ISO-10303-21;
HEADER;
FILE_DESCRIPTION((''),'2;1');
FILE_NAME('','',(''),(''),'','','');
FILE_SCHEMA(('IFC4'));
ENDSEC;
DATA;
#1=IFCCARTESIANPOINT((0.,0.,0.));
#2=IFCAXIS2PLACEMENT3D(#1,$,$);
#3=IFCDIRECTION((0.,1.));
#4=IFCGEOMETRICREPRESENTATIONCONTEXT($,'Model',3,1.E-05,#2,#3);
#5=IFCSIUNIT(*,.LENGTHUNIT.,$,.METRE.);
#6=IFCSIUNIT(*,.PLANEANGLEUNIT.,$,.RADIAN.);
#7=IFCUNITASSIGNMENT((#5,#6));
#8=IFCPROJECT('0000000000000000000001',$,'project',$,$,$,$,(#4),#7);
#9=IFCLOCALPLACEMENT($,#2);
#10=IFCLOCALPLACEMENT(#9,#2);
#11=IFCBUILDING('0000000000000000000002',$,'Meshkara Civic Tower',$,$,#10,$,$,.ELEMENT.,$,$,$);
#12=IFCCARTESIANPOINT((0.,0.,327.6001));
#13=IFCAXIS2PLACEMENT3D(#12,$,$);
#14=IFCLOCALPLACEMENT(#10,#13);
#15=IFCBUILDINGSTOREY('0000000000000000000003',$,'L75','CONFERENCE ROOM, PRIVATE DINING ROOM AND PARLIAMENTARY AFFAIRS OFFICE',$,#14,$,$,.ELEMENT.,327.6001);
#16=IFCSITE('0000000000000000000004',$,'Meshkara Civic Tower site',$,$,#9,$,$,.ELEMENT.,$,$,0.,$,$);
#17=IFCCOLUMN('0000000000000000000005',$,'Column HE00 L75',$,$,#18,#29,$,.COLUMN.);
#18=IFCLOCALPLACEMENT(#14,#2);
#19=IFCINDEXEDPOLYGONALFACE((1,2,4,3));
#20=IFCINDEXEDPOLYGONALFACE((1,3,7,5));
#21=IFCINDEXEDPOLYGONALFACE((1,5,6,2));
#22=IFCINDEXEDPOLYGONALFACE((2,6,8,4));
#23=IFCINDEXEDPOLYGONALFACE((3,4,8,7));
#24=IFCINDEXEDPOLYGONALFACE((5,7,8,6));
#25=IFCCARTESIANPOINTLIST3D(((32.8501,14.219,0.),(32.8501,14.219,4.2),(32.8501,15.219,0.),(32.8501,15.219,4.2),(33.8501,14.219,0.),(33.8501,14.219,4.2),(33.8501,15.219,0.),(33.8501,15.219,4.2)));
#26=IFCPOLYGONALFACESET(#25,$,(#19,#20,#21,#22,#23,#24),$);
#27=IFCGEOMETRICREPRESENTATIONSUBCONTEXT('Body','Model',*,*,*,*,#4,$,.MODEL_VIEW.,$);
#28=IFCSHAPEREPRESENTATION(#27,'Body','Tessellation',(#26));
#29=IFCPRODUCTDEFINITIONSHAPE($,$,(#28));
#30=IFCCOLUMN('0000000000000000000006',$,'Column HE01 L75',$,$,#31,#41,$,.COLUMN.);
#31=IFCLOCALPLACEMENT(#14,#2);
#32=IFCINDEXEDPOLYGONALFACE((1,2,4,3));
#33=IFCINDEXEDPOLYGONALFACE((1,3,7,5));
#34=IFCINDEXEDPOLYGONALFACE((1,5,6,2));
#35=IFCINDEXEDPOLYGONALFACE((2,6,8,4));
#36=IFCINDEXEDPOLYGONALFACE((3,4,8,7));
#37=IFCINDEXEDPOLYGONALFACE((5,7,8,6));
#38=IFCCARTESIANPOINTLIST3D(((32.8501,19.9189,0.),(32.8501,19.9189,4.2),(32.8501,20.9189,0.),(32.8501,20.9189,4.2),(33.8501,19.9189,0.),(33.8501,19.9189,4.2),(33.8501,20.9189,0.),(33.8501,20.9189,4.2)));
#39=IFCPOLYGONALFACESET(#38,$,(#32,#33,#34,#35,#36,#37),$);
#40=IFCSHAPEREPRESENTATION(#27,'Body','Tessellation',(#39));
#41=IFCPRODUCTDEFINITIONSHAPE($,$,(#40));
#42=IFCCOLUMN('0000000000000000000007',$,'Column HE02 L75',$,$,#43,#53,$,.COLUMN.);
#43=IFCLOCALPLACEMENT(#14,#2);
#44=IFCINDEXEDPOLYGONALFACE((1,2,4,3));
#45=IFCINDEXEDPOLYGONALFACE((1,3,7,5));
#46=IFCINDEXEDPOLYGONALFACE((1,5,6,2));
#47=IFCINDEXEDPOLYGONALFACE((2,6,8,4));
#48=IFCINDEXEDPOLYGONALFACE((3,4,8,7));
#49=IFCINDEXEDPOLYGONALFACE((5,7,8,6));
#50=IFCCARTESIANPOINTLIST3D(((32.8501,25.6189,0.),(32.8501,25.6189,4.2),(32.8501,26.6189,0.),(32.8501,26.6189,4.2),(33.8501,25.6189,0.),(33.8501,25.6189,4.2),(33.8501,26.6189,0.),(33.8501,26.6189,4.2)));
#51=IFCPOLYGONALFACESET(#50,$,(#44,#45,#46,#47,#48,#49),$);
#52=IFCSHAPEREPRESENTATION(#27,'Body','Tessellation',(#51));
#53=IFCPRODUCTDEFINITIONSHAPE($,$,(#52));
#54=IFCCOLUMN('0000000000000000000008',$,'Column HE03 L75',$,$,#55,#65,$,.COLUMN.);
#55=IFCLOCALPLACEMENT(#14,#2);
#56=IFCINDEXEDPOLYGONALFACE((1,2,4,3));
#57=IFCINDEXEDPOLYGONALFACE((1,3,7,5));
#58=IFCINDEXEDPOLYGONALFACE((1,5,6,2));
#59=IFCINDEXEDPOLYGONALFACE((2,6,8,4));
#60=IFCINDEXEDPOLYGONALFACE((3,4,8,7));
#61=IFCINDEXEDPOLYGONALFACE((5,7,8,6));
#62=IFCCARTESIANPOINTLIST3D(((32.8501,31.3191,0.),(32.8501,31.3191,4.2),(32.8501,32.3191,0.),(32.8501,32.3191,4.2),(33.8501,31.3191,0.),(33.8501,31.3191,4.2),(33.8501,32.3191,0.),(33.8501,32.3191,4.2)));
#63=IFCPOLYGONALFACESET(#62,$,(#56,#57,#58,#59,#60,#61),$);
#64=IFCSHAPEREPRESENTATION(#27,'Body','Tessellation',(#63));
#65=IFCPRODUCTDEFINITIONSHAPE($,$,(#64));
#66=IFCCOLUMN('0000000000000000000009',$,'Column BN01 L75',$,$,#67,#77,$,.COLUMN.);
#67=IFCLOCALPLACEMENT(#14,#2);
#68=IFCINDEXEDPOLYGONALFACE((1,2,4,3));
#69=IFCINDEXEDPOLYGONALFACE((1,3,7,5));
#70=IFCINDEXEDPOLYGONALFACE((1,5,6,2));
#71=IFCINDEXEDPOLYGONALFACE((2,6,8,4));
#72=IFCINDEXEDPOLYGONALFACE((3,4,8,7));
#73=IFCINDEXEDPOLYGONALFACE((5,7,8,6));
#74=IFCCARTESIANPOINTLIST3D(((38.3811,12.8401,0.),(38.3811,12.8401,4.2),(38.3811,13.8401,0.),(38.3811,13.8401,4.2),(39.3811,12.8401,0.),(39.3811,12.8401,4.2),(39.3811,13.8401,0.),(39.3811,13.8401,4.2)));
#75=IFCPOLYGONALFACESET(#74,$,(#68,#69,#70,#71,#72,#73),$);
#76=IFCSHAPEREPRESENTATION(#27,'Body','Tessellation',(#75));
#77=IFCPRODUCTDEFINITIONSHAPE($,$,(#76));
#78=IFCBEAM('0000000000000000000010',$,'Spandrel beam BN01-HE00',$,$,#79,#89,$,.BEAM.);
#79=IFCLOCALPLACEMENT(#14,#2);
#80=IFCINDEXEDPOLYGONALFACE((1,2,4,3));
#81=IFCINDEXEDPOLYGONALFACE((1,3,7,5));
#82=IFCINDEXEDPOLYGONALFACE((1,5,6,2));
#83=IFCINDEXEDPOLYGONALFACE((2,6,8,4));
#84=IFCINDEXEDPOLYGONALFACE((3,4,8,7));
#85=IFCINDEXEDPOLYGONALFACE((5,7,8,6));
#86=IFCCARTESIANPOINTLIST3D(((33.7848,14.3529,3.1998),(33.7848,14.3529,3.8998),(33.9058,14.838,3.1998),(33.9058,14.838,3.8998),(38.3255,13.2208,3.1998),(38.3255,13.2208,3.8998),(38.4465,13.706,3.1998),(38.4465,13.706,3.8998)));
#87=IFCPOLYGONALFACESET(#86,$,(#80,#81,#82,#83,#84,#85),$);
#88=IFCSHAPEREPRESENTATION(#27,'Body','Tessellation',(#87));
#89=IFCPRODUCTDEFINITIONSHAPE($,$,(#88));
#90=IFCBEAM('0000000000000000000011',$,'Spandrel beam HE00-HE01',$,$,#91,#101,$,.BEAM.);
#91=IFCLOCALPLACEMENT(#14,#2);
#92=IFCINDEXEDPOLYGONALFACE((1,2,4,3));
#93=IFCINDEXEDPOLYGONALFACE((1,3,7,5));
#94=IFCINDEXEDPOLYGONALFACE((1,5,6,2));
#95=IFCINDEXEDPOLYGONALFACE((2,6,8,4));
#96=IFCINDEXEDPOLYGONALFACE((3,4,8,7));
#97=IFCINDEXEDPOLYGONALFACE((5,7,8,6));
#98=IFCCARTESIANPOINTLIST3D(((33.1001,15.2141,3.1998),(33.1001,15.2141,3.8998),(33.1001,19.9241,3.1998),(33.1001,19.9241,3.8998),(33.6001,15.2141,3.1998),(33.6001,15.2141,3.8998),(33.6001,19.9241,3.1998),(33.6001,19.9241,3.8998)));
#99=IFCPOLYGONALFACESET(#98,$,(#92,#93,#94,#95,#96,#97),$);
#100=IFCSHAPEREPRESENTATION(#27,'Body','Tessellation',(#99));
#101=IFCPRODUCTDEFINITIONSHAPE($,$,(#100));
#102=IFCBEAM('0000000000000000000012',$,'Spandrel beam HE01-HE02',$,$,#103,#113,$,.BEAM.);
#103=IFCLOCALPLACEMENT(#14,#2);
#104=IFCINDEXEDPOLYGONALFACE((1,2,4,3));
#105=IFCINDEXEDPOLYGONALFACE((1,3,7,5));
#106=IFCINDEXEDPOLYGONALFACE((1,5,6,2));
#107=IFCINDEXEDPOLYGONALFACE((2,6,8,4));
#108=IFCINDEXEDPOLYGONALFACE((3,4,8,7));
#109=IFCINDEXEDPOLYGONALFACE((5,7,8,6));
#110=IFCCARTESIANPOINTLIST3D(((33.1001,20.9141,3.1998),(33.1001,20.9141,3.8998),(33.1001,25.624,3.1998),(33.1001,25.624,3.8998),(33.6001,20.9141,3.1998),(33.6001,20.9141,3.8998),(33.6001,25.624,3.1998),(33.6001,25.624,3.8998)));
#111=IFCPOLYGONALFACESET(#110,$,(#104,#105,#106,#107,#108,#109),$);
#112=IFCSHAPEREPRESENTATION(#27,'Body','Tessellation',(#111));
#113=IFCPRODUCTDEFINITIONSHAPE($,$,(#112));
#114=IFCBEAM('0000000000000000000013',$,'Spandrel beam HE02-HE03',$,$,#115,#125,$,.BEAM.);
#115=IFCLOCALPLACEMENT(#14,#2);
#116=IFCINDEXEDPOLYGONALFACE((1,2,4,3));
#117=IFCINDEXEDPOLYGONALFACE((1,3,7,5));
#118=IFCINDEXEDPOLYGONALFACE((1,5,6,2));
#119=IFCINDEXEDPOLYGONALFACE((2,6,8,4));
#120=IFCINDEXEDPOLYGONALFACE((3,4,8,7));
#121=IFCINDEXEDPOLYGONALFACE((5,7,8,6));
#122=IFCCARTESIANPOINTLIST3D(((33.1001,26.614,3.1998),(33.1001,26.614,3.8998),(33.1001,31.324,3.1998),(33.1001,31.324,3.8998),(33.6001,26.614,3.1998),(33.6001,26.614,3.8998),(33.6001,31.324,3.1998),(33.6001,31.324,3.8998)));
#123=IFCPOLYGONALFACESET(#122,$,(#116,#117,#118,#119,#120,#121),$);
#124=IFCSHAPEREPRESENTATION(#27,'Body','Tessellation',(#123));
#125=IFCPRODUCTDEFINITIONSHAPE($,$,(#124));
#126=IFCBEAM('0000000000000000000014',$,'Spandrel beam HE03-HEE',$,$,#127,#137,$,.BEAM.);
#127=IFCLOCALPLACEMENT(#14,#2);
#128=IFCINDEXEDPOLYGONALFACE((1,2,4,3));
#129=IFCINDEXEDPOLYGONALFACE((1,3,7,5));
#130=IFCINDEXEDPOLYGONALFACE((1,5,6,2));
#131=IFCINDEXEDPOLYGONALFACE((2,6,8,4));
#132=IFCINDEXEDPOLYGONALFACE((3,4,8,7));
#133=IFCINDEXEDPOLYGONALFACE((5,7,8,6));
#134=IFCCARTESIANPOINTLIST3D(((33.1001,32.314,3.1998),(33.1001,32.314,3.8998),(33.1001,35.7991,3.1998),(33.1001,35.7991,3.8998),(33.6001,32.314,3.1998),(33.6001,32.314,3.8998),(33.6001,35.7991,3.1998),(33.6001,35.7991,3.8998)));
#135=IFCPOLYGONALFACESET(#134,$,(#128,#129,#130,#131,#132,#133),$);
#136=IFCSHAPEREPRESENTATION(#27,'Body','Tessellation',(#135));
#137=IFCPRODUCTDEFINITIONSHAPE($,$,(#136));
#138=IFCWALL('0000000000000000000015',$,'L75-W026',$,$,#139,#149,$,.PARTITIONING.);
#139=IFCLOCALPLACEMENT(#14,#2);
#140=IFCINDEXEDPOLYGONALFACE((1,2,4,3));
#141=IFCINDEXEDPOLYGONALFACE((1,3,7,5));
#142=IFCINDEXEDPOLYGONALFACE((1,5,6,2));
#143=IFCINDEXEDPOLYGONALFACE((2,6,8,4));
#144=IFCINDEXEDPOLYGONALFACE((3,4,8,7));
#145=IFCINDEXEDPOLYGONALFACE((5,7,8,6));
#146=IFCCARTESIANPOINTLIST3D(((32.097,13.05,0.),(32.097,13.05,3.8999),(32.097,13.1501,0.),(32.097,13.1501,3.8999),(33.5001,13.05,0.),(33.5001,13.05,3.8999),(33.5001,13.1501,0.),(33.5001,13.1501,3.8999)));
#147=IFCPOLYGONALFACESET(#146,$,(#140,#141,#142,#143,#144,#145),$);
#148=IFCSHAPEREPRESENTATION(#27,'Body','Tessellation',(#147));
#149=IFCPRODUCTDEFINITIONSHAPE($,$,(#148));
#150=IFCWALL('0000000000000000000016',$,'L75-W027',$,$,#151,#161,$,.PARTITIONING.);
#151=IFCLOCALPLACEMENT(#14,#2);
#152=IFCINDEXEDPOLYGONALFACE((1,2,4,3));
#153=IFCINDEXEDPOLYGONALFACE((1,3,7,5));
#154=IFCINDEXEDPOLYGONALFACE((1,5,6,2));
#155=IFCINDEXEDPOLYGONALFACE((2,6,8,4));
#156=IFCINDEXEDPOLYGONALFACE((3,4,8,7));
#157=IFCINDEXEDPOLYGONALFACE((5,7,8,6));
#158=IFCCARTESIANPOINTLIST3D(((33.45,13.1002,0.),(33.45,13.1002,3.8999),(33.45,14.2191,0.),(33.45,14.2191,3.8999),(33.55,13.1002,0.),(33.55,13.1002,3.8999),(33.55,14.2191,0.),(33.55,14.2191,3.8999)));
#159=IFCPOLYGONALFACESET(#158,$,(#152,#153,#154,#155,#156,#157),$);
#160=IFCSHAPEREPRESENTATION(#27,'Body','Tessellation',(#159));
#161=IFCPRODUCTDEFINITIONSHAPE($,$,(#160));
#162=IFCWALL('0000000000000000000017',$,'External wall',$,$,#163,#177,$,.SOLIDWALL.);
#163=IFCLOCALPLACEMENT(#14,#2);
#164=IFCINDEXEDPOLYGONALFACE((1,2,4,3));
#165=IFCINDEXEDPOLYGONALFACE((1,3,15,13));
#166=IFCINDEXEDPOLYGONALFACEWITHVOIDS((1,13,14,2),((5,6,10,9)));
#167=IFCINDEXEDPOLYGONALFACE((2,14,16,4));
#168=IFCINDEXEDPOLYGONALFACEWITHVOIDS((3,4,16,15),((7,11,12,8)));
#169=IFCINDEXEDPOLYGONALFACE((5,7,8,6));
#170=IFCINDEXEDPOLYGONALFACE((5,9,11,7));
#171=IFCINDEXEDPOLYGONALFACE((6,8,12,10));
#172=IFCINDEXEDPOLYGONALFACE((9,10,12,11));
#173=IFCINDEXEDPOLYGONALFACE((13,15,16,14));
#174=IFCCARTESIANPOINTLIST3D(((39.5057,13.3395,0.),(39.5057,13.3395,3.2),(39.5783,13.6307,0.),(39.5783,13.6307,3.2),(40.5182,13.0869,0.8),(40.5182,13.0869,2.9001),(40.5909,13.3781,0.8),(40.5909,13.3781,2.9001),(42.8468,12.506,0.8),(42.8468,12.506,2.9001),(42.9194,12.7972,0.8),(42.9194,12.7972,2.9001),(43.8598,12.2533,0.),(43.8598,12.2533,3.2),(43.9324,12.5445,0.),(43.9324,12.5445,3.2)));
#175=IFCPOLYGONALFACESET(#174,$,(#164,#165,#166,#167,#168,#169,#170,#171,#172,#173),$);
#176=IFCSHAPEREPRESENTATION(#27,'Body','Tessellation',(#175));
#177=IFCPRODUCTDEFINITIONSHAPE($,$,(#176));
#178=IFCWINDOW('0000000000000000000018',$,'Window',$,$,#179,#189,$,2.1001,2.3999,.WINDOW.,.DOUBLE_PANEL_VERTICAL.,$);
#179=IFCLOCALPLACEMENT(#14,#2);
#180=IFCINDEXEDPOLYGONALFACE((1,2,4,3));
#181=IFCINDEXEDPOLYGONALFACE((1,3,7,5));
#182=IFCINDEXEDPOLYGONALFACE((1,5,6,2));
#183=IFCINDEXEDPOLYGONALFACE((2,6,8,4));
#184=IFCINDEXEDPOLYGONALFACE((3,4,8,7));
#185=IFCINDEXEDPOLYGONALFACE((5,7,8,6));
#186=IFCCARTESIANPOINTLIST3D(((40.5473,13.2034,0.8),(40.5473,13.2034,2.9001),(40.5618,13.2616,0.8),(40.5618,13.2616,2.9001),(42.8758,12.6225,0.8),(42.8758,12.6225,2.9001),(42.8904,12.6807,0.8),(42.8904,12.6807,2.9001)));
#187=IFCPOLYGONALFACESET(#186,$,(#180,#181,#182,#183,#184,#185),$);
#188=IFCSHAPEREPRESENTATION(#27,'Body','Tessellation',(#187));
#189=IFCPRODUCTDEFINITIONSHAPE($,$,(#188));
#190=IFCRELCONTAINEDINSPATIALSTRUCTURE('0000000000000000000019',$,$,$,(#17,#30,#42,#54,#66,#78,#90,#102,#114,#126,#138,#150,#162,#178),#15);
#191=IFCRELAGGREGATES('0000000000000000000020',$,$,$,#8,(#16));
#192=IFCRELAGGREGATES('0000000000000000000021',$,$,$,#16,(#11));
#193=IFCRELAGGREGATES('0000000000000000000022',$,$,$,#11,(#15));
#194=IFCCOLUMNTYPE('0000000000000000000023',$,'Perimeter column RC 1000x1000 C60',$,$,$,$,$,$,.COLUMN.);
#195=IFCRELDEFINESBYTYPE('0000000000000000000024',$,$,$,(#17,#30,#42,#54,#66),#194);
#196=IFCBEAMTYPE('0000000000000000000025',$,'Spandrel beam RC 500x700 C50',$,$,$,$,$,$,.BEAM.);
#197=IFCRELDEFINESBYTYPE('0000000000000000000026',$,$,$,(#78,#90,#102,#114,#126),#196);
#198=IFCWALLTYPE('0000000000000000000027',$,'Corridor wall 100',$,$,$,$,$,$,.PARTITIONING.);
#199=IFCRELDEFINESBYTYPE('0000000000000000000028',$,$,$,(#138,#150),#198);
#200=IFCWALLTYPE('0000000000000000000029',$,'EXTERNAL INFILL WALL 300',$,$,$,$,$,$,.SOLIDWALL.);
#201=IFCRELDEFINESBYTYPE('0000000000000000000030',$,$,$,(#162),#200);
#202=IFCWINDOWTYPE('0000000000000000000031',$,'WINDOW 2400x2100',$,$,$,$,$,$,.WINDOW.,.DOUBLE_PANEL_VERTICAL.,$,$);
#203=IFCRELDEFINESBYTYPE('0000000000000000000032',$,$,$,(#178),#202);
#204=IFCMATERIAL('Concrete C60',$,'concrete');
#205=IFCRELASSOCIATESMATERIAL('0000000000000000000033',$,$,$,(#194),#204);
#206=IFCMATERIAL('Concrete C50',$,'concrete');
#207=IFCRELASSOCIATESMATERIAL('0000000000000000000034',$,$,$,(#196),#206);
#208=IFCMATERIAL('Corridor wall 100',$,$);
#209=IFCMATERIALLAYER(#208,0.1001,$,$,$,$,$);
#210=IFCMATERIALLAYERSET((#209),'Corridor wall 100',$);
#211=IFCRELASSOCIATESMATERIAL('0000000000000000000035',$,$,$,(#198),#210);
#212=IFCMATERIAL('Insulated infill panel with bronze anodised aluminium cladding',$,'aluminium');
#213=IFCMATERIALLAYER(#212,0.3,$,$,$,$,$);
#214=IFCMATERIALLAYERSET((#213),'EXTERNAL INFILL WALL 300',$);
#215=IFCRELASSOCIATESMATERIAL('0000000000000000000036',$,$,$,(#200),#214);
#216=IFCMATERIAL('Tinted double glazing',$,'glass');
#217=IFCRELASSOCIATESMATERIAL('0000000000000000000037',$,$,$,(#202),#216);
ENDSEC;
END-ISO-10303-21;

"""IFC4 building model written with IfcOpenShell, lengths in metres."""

from ifc_helpers import new_model, si_unit, direction, frame, frame_2d, origin, origin_2d, place, context, subcontext, project, spatial, rectangle, extrude, material, layer, layer_set, material_profile, profile_set, type_object, element, fill, save


model = new_model("IFC4")

# Units and contexts
model_context = context("Model", 3, precision=1e-05, world=origin(), true_north=direction((0.0, 1.0)))
body_context = subcontext(model_context, "Body", "Model", "MODEL_VIEW")
ifc_project = project(units=[si_unit("LENGTHUNIT", "METRE"), si_unit("PLANEANGLEUNIT", "RADIAN")], contexts=[model_context])

# Site, building, storey
site_placement = place(None, origin())
site = spatial("IfcSite", under=ifc_project, at=site_placement, Name="Meshkara Civic Tower site", CompositionType="ELEMENT", RefElevation=0.0)
building_placement = place(site_placement, origin())
building = spatial("IfcBuilding", under=site, at=building_placement, Name="Meshkara Civic Tower", CompositionType="ELEMENT")
storey_placement = place(building_placement, frame((0.0, 0.0, 327.6001)))
storey = spatial("IfcBuildingStorey", under=building, at=storey_placement, Name="L75", Description="CONFERENCE ROOM, PRIVATE DINING ROOM AND PARLIAMENTARY AFFAIRS OFFICE", CompositionType="ELEMENT", Elevation=327.6001)

# Columns
ifc_material_1 = material(Name="Concrete C60", Category="concrete")
ifc_material_profile_1 = material_profile(ifc_material_1, rectangle(XDim=1.0, YDim=1.0, at=origin_2d()))
ifc_profile_set_1 = profile_set([ifc_material_profile_1], Name="Concrete C60")
column_type = type_object("IfcColumnType", Name="Perimeter column RC 1000x1000 C60", PredefinedType="COLUMN", material=ifc_profile_set_1)
for number, where, z_axis, x_axis, name in (
    (1, (33.3501, 14.719, 0.0), (0.0, 0.0, 1.0), (1.0, 0.0, 0.0), "Column HE00 L75"),
    (2, (33.3501, 20.4189, 0.0), (0.0, 0.0, 1.0), (1.0, 0.0, 0.0), "Column HE01 L75"),
    (3, (33.3501, 26.1189, 0.0), (0.0, 0.0, 1.0), (1.0, 0.0, 0.0), "Column HE02 L75"),
    (4, (33.3501, 31.8191, 0.0), (0.0, 0.0, 1.0), (1.0, 0.0, 0.0), "Column HE03 L75"),
    (5, (38.8811, 13.3401, 0.0), (0.0, 0.0, 1.0), (1.0, 0.0, 0.0), "Column BN01 L75"),
):
    element("IfcColumn", number, at=place(storey_placement, frame(where, z_axis=z_axis, x_axis=x_axis)), inside=storey, type_object=column_type, Name=name, PredefinedType="COLUMN", context=body_context, shape_type="SweptSolid", body=[
        extrude(rectangle(XDim=1.0, YDim=1.0, at=origin_2d()), origin(), (0.0, 0.0, 1.0), 4.2),
    ])

# Beams
ifc_material_2 = material(Name="Concrete C50", Category="concrete")
ifc_material_profile_2 = material_profile(ifc_material_2, rectangle(XDim=0.5, YDim=0.7, at=origin_2d()))
ifc_profile_set_2 = profile_set([ifc_material_profile_2], Name="Concrete C50")
beam_type = type_object("IfcBeamType", Name="Spandrel beam RC 500x700 C50", PredefinedType="BEAM", material=ifc_profile_set_2)
beam_1_placement = place(storey_placement, frame((38.386, 13.4634, 3.5498), z_axis=(-0.970299, 0.24191, 0.0), x_axis=(-0.24191, -0.970299, 0.0)))
element("IfcBeam", 6, at=beam_1_placement, inside=storey, type_object=beam_type, Name="Spandrel beam BN01-HE00", PredefinedType="BEAM", context=body_context, shape_type="SweptSolid", body=[
    extrude(rectangle(XDim=0.5, YDim=0.7, at=origin_2d()), origin(), (0.0, 0.0, 1.0), 4.6797),
])
for number, where, z_axis, x_axis, name in (
    (7, (33.3501, 15.2141, 3.5498), (0.0, 1.0, 0.0), (-1.0, 0.0, 0.0), "Spandrel beam HE00-HE01"),
    (8, (33.3501, 20.9141, 3.5498), (0.0, 1.0, 0.0), (-1.0, 0.0, 0.0), "Spandrel beam HE01-HE02"),
    (9, (33.3501, 26.614, 3.5498), (0.0, 1.0, 0.0), (-1.0, 0.0, 0.0), "Spandrel beam HE02-HE03"),
):
    element("IfcBeam", number, at=place(storey_placement, frame(where, z_axis=z_axis, x_axis=x_axis)), inside=storey, type_object=beam_type, Name=name, PredefinedType="BEAM", context=body_context, shape_type="SweptSolid", body=[
        extrude(rectangle(XDim=0.5, YDim=0.7, at=origin_2d()), origin(), (0.0, 0.0, 1.0), 4.71),
    ])
beam_2_placement = place(storey_placement, frame((33.3501, 32.314, 3.5498), z_axis=(0.0, 1.0, 0.0), x_axis=(-1.0, 0.0, 0.0)))
element("IfcBeam", 10, at=beam_2_placement, inside=storey, type_object=beam_type, Name="Spandrel beam HE03-HEE", PredefinedType="BEAM", context=body_context, shape_type="SweptSolid", body=[
    extrude(rectangle(XDim=0.5, YDim=0.7, at=origin_2d()), origin(), (0.0, 0.0, 1.0), 3.4851),
])

# Walls
ifc_material_3 = material(Name="Corridor wall 100")
ifc_layer_1 = layer(ifc_material_3, 0.1001)
ifc_layer_set_1 = layer_set([ifc_layer_1], Name="Corridor wall 100")
wall_type_1 = type_object("IfcWallType", Name="Corridor wall 100", PredefinedType="PARTITIONING", material=ifc_layer_set_1)
wall_1_placement = place(storey_placement, frame((32.0969, 13.1001, 0.0), z_axis=(0.0, 0.0, 1.0), x_axis=(1.0, 0.0, 0.0)))
element("IfcWall", 11, at=wall_1_placement, inside=storey, type_object=wall_type_1, Name="L75-W026", PredefinedType="PARTITIONING", context=body_context, shape_type="SweptSolid", body=[
    extrude(rectangle(XDim=1.4031, YDim=0.1001, at=frame_2d((0.7017, 0.0))), origin(), (0.0, 0.0, 1.0), 3.8999),
])
wall_2_placement = place(storey_placement, frame((33.5, 13.1001, 0.0), z_axis=(0.0, 0.0, 1.0), x_axis=(0.0, 1.0, 0.0)))
element("IfcWall", 12, at=wall_2_placement, inside=storey, type_object=wall_type_1, Name="L75-W027", PredefinedType="PARTITIONING", context=body_context, shape_type="SweptSolid", body=[
    extrude(rectangle(XDim=1.1189, YDim=0.1001, at=frame_2d((0.5596, 0.0))), origin(), (0.0, 0.0, 1.0), 3.8999),
])

# Wall, opening, window
ifc_material_4 = material(Name="Insulated infill panel with bronze anodised aluminium cladding", Category="aluminium")
ifc_layer_2 = layer(ifc_material_4, 0.3)
ifc_layer_set_2 = layer_set([ifc_layer_2], Name="EXTERNAL INFILL WALL 300")
wall_type_2 = type_object("IfcWallType", Name="EXTERNAL INFILL WALL 300", PredefinedType="SOLIDWALL", material=ifc_layer_set_2)
wall_3_placement = place(storey_placement, frame((43.896, 12.3989, 0.0), z_axis=(0.0, 0.0, 1.0), x_axis=(-0.970264, 0.242049, 0.0)))
wall_3 = element("IfcWall", 13, at=wall_3_placement, inside=storey, type_object=wall_type_2, Name="External wall", PredefinedType="SOLIDWALL", context=body_context, shape_type="SweptSolid", body=[
    extrude(rectangle(XDim=4.4875, YDim=0.3, at=frame_2d((2.2437, 0.0))), origin(), (0.0, 0.0, 1.0), 3.2),
])
opening_1_placement = place(wall_3_placement, frame((1.0439, 0.0, 0.8)))
opening_1 = element("IfcOpeningElement", 14, at=opening_1_placement, cuts=wall_3, PredefinedType="OPENING", context=body_context, shape_type="SweptSolid", body=[
    extrude(rectangle(XDim=2.3999, YDim=2.1001, at=frame_2d((1.2, 1.05))), frame((0.0, 0.1599, 0.0), z_axis=(0.0, -1.0, 0.0), x_axis=(1.0, 0.0, 0.0)), (0.0, 0.0, 1.0), 0.3201),
])
ifc_material_5 = material(Name="Tinted double glazing", Category="glass")
window_type = type_object("IfcWindowType", Name="WINDOW 2400x2100", PartitioningType="DOUBLE_PANEL_VERTICAL", PredefinedType="WINDOW", material=ifc_material_5)
window_1_placement = place(opening_1_placement, origin())
window_1 = element("IfcWindow", 15, at=window_1_placement, inside=storey, type_object=window_type, Name="Window", OverallHeight=2.1001, OverallWidth=2.3999, PartitioningType="DOUBLE_PANEL_VERTICAL", PredefinedType="WINDOW", context=body_context, shape_type="SweptSolid", body=[
    extrude(rectangle(XDim=2.3999, YDim=2.1001, at=frame_2d((1.2, 1.05))), frame((0.0, 0.03, 0.0), z_axis=(0.0, -1.0, 0.0), x_axis=(1.0, 0.0, 0.0)), (0.0, 0.0, 1.0), 0.0601),
])
fill(opening_1, window_1)

save(model, "model.ifc")
